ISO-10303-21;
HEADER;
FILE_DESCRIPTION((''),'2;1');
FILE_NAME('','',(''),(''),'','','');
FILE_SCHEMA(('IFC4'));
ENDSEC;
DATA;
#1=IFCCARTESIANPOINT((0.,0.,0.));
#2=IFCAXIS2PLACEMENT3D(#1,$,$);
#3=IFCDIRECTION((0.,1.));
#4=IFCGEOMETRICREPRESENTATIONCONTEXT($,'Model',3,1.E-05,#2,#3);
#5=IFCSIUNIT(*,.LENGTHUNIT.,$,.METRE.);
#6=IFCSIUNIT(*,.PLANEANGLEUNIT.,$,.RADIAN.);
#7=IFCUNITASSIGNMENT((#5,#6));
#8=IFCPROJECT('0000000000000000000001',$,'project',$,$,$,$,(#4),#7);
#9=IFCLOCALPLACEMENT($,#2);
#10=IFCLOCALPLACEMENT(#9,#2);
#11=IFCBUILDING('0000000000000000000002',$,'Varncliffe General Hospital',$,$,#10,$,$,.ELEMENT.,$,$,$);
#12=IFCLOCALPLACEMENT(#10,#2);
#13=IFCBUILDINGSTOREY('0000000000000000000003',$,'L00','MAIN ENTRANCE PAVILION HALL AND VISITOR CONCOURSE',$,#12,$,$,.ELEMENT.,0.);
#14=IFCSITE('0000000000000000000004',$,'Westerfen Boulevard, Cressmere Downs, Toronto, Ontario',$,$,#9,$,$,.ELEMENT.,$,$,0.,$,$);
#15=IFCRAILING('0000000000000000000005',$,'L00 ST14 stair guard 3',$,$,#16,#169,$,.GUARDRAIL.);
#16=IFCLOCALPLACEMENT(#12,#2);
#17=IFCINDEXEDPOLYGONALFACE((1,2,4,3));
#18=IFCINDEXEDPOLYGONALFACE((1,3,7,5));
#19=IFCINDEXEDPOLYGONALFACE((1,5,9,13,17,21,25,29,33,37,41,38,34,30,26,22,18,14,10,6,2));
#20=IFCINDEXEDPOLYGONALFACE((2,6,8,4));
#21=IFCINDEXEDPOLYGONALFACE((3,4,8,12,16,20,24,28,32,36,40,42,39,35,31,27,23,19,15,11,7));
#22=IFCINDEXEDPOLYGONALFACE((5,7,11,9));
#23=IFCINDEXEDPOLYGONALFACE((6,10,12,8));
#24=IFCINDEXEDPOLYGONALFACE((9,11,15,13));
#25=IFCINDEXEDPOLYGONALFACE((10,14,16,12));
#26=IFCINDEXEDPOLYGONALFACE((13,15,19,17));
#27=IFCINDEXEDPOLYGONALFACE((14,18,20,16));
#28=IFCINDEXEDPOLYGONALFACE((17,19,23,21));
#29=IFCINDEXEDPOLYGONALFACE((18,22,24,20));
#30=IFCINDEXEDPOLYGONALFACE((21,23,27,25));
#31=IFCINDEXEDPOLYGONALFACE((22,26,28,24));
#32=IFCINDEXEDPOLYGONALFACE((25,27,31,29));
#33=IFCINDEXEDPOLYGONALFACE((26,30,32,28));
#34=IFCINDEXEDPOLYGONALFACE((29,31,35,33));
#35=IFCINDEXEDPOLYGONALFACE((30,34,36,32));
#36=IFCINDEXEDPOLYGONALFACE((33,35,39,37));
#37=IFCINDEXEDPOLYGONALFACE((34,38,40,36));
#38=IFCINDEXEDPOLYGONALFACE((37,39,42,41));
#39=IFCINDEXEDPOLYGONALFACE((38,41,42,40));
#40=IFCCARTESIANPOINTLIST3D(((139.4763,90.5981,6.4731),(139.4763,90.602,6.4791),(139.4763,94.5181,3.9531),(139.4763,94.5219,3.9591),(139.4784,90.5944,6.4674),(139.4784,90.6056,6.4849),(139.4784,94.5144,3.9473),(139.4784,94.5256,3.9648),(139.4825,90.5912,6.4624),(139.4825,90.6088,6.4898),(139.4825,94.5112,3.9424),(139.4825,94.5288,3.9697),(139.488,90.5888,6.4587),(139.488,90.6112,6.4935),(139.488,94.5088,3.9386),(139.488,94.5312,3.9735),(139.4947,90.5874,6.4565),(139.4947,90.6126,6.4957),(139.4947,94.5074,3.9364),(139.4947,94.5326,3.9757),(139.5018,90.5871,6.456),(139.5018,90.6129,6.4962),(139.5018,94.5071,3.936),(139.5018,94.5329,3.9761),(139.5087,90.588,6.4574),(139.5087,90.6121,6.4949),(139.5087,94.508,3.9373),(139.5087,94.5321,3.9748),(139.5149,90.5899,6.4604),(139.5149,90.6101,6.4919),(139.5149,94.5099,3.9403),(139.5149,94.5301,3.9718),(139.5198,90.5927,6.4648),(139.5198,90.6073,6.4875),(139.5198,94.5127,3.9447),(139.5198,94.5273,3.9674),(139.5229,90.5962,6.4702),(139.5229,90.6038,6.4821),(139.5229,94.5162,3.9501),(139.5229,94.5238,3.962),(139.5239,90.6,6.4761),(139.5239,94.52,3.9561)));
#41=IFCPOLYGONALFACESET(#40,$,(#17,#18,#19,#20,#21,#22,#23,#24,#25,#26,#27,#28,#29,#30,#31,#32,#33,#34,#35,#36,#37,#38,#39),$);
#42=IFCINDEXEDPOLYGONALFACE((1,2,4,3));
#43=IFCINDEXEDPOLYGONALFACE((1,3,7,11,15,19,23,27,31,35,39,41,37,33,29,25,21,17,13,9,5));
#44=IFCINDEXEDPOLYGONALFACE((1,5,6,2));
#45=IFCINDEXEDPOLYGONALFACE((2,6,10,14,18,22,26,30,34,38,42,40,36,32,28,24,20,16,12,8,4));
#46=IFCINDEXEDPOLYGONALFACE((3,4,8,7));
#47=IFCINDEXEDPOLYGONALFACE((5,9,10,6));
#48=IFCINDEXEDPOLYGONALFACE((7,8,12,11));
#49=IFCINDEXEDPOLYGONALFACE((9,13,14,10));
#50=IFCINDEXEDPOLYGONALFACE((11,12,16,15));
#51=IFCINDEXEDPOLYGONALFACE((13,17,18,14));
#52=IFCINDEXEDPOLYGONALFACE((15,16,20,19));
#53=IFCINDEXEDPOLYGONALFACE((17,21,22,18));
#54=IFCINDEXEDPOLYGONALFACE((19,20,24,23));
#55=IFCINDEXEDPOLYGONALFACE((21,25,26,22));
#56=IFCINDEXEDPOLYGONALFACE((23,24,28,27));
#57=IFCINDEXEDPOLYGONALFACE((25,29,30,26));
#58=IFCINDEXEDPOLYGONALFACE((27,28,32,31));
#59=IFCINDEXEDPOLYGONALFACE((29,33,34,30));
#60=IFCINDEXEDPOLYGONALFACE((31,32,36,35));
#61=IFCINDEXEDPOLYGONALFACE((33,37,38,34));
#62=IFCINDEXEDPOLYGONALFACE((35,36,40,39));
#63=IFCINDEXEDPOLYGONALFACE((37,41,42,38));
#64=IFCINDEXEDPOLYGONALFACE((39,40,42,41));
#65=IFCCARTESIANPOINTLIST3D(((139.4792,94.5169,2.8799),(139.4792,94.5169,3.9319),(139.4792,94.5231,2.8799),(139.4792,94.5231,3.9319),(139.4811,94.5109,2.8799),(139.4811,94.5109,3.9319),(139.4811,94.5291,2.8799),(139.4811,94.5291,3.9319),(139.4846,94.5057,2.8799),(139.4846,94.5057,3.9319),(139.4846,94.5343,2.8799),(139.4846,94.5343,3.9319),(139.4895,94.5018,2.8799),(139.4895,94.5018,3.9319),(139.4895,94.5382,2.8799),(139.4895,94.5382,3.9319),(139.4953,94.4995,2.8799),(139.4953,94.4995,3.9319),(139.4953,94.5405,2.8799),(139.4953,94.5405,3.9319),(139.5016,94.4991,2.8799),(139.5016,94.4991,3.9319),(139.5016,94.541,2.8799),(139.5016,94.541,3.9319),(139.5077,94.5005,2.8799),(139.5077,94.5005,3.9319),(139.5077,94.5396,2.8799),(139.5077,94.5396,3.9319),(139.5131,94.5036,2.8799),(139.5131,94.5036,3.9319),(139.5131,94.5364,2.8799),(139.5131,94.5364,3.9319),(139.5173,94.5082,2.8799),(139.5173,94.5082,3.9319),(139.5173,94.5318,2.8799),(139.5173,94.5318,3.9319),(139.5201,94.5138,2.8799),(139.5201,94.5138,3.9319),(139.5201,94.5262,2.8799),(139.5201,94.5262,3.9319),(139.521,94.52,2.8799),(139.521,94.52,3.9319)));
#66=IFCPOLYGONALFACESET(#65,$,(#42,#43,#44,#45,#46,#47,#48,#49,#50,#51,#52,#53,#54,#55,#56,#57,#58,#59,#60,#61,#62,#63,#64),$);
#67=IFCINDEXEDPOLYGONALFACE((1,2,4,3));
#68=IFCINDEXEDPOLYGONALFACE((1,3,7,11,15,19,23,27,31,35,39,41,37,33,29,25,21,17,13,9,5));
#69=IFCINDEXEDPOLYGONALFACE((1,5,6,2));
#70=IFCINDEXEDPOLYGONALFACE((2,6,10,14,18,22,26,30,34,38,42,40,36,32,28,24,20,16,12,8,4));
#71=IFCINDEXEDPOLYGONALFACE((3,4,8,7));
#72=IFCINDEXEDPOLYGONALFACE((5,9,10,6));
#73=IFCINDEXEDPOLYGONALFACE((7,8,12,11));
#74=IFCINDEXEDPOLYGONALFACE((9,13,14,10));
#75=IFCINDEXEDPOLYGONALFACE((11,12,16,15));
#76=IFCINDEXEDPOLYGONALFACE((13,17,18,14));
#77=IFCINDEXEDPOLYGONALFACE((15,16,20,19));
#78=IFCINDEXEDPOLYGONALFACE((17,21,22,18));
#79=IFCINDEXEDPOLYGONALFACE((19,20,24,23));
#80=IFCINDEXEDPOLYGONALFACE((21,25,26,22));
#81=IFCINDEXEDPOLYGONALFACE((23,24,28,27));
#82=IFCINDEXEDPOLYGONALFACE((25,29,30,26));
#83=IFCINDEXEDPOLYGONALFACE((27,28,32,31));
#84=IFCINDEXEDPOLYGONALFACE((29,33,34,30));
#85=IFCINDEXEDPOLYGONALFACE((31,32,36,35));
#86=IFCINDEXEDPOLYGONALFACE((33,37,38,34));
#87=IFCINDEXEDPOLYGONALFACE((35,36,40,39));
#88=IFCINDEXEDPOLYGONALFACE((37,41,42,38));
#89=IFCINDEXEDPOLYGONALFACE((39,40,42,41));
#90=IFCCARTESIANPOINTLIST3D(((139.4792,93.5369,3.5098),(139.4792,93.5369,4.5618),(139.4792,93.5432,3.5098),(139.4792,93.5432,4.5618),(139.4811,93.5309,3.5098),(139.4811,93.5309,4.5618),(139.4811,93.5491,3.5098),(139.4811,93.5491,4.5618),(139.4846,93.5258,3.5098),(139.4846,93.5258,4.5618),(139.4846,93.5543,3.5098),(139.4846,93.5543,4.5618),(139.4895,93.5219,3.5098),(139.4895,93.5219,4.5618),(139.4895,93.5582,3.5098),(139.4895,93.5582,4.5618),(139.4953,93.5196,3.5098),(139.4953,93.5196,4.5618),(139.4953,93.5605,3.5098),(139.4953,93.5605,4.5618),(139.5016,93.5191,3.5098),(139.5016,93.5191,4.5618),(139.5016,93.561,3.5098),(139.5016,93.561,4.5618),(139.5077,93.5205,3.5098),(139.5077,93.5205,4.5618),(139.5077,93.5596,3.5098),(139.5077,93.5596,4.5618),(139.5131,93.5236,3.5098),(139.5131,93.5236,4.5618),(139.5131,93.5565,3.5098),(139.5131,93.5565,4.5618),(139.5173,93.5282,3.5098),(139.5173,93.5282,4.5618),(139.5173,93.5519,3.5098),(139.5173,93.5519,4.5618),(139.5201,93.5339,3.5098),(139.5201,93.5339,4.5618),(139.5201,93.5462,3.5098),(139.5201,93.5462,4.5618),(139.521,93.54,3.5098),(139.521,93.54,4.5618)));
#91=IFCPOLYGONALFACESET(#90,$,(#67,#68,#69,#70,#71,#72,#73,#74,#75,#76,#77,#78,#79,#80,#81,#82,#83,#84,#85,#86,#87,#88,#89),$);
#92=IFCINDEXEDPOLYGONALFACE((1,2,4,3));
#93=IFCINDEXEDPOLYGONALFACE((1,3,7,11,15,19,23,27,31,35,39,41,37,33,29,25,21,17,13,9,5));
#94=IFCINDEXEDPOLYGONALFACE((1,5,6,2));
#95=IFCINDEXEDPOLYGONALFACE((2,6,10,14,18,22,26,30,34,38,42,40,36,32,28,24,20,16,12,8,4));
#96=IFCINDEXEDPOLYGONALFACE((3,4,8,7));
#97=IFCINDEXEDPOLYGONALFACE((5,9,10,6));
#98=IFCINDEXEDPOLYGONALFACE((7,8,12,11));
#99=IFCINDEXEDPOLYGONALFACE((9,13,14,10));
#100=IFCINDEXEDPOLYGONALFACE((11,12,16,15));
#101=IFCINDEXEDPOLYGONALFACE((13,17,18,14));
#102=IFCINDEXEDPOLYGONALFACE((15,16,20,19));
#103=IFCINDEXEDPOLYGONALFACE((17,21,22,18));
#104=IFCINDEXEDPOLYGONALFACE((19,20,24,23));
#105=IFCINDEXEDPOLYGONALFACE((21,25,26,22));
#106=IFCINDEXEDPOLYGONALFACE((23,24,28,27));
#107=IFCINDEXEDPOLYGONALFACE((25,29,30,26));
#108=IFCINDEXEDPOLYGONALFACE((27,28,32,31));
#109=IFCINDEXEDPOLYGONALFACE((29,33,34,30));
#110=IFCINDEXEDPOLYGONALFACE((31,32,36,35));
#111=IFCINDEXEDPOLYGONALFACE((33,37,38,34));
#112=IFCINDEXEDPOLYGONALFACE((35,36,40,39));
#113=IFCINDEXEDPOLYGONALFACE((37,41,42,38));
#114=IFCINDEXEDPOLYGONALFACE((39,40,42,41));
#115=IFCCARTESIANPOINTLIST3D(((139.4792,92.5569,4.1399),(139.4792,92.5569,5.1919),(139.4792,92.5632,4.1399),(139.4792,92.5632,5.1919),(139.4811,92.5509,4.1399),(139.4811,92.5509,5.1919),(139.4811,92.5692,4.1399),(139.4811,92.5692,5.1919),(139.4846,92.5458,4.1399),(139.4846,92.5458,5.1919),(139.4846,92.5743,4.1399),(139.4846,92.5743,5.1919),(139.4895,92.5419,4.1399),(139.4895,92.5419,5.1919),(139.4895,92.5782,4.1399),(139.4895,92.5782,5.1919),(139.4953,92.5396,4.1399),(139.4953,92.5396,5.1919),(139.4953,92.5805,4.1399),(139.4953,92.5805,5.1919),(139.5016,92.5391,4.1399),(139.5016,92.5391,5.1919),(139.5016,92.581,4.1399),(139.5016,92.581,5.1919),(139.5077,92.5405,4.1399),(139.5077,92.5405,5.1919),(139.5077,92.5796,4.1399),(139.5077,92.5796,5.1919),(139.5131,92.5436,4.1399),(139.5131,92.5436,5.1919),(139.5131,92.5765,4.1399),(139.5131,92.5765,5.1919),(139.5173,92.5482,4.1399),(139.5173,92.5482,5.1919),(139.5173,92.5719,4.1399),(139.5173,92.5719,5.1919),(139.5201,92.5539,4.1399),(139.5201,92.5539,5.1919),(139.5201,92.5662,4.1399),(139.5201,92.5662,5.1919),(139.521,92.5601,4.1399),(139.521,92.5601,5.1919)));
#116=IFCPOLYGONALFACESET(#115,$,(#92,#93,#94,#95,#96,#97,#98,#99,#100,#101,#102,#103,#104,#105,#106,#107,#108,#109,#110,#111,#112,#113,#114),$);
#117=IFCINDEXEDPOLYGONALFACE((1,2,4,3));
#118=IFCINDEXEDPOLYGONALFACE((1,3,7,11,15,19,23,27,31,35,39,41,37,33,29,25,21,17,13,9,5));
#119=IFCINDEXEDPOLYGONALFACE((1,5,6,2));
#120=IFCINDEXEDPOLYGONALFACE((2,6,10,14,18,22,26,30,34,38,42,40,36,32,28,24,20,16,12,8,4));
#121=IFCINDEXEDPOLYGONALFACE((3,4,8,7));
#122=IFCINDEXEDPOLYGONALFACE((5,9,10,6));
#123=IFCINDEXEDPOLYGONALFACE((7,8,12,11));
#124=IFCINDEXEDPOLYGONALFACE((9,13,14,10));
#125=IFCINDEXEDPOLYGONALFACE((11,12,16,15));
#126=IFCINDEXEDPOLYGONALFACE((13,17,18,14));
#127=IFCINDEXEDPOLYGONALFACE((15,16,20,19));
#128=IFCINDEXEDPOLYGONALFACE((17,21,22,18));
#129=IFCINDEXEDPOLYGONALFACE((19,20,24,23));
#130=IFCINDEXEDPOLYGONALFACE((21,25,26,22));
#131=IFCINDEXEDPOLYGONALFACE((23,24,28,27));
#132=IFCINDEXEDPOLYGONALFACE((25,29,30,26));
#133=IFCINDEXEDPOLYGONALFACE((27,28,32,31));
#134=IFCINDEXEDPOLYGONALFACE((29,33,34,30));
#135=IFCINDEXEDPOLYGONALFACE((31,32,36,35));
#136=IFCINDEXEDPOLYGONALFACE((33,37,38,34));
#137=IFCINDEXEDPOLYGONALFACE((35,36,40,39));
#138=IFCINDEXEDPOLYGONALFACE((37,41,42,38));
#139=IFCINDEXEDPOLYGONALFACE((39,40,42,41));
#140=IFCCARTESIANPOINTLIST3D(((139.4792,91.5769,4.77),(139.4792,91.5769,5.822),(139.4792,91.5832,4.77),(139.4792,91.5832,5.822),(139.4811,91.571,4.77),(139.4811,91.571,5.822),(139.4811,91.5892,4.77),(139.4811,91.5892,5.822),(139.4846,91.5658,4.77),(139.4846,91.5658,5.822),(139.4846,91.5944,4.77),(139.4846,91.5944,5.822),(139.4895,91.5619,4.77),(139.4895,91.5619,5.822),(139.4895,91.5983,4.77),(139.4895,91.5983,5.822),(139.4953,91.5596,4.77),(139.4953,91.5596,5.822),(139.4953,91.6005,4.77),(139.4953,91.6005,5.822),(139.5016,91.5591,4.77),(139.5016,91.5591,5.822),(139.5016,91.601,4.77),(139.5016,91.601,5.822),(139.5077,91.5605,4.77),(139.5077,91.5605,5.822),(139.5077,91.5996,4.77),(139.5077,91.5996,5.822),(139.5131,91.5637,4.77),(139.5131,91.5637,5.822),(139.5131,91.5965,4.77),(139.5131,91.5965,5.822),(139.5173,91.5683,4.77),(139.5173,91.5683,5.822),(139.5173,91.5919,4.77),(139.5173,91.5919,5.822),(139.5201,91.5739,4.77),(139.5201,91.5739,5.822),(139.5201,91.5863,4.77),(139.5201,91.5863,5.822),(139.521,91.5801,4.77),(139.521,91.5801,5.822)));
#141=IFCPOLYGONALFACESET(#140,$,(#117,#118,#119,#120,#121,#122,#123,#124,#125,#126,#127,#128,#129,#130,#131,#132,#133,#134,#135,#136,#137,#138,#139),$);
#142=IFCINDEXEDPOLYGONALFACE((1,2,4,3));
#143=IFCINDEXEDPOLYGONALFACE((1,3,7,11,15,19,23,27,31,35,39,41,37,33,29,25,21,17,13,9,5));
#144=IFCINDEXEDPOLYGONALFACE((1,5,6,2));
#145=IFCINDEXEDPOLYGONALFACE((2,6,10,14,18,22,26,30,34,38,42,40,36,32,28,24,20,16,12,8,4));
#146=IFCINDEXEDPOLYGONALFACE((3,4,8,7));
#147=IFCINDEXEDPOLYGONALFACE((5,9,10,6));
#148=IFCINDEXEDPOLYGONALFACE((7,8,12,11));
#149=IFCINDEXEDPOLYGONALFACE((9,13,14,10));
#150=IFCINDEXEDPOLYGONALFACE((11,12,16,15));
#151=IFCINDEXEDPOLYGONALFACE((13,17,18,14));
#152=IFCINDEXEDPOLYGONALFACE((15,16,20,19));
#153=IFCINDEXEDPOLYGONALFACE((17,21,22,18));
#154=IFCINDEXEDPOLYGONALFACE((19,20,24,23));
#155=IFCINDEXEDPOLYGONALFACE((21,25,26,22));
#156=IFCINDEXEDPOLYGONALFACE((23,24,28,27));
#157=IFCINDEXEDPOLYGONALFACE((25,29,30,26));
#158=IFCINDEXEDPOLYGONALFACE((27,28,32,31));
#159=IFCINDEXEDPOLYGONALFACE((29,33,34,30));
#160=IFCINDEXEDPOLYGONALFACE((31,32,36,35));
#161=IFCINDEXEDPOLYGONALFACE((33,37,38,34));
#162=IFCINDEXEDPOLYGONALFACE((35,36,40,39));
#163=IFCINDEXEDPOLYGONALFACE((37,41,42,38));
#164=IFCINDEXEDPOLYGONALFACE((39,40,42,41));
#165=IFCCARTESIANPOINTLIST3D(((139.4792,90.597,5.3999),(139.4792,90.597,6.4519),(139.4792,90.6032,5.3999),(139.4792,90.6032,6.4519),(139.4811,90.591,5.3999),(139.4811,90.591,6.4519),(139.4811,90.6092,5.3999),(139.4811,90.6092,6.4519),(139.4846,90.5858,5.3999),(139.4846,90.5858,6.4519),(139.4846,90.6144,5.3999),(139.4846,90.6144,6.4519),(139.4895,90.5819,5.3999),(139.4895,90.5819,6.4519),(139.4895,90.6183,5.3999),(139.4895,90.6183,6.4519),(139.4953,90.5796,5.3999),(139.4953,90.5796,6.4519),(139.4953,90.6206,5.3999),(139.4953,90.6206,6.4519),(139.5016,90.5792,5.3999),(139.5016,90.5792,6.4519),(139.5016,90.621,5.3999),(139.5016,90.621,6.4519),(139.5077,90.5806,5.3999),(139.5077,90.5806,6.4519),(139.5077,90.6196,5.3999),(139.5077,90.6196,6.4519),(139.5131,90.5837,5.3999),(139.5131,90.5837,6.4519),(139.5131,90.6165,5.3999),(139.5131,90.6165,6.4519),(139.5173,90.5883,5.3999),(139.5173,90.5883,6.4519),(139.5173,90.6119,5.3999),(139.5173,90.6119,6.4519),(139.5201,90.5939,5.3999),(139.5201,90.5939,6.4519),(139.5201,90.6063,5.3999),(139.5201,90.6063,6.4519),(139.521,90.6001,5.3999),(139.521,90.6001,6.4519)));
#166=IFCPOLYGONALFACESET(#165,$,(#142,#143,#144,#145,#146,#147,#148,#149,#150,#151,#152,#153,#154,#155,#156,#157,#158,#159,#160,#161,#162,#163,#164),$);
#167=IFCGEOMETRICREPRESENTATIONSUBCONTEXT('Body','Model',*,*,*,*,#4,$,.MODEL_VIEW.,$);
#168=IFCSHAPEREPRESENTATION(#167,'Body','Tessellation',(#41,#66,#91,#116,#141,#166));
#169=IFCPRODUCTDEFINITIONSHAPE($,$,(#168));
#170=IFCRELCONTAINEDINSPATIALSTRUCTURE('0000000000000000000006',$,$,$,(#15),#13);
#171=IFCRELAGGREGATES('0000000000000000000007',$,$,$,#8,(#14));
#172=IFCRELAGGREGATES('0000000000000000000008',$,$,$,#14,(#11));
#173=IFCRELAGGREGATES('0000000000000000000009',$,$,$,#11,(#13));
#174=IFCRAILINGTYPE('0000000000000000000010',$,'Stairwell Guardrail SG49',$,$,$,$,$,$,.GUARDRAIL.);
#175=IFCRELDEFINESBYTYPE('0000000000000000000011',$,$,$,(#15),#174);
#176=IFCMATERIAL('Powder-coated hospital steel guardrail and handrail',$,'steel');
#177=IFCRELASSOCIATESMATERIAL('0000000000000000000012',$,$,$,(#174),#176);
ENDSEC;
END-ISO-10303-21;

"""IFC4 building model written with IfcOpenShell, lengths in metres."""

from ifc_helpers import new_model, si_unit, direction, frame, origin, origin_2d, place, context, subcontext, project, spatial, circle, extrude, material, type_object, element, save


model = new_model("IFC4")

# Units and contexts
model_context = context("Model", 3, precision=1e-05, world=origin(), true_north=direction((0.0, 1.0)))
body_context = subcontext(model_context, "Body", "Model", "MODEL_VIEW")
ifc_project = project(units=[si_unit("LENGTHUNIT", "METRE"), si_unit("PLANEANGLEUNIT", "RADIAN")], contexts=[model_context])

# Site, building, storey
site_placement = place(None, origin())
site = spatial("IfcSite", under=ifc_project, at=site_placement, Name="Westerfen Boulevard, Cressmere Downs, Toronto, Ontario", CompositionType="ELEMENT", RefElevation=0.0)
building_placement = place(site_placement, origin())
building = spatial("IfcBuilding", under=site, at=building_placement, Name="Varncliffe General Hospital", CompositionType="ELEMENT")
storey_placement = place(building_placement, origin())
storey = spatial("IfcBuildingStorey", under=building, at=storey_placement, Name="L00", Description="MAIN ENTRANCE PAVILION HALL AND VISITOR CONCOURSE", CompositionType="ELEMENT", Elevation=0.0)

# Railing
ifc_material_1 = material(Name="Powder-coated hospital steel guardrail and handrail", Category="steel")
railing_type_1 = type_object("IfcRailingType", Name="Stairwell Guardrail SG49", PredefinedType="GUARDRAIL", material=ifc_material_1)
railing_1_placement = place(storey_placement, frame((139.5, 94.52, 2.8799)))
element("IfcRailing", 1, at=railing_1_placement, inside=storey, type_object=railing_type_1, Name="L00 ST14 stair guard 3", PredefinedType="GUARDRAIL", context=body_context, shape_type="SweptSolid", body=[
    extrude(circle(Radius=0.0239, at=origin_2d()), frame((0.0, 0.0, 1.0762), z_axis=(0.0, -0.841172, 0.540768), x_axis=(1.0, 0.0, 0.0)), (0.0, 0.0, 1.0), 4.6602),
    extrude(circle(Radius=0.021, at=origin_2d()), origin(), (0.0, 0.0, 1.0), 1.052),
    extrude(circle(Radius=0.021, at=origin_2d()), frame((0.0, -0.98, 0.6299)), (0.0, 0.0, 1.0), 1.052),
    extrude(circle(Radius=0.021, at=origin_2d()), frame((0.0, -1.96, 1.26)), (0.0, 0.0, 1.0), 1.052),
    extrude(circle(Radius=0.021, at=origin_2d()), frame((0.0, -2.9399, 1.8901)), (0.0, 0.0, 1.0), 1.052),
    extrude(circle(Radius=0.021, at=origin_2d()), frame((0.0, -3.9199, 2.52)), (0.0, 0.0, 1.0), 1.052),
])

save(model, "model.ifc")
